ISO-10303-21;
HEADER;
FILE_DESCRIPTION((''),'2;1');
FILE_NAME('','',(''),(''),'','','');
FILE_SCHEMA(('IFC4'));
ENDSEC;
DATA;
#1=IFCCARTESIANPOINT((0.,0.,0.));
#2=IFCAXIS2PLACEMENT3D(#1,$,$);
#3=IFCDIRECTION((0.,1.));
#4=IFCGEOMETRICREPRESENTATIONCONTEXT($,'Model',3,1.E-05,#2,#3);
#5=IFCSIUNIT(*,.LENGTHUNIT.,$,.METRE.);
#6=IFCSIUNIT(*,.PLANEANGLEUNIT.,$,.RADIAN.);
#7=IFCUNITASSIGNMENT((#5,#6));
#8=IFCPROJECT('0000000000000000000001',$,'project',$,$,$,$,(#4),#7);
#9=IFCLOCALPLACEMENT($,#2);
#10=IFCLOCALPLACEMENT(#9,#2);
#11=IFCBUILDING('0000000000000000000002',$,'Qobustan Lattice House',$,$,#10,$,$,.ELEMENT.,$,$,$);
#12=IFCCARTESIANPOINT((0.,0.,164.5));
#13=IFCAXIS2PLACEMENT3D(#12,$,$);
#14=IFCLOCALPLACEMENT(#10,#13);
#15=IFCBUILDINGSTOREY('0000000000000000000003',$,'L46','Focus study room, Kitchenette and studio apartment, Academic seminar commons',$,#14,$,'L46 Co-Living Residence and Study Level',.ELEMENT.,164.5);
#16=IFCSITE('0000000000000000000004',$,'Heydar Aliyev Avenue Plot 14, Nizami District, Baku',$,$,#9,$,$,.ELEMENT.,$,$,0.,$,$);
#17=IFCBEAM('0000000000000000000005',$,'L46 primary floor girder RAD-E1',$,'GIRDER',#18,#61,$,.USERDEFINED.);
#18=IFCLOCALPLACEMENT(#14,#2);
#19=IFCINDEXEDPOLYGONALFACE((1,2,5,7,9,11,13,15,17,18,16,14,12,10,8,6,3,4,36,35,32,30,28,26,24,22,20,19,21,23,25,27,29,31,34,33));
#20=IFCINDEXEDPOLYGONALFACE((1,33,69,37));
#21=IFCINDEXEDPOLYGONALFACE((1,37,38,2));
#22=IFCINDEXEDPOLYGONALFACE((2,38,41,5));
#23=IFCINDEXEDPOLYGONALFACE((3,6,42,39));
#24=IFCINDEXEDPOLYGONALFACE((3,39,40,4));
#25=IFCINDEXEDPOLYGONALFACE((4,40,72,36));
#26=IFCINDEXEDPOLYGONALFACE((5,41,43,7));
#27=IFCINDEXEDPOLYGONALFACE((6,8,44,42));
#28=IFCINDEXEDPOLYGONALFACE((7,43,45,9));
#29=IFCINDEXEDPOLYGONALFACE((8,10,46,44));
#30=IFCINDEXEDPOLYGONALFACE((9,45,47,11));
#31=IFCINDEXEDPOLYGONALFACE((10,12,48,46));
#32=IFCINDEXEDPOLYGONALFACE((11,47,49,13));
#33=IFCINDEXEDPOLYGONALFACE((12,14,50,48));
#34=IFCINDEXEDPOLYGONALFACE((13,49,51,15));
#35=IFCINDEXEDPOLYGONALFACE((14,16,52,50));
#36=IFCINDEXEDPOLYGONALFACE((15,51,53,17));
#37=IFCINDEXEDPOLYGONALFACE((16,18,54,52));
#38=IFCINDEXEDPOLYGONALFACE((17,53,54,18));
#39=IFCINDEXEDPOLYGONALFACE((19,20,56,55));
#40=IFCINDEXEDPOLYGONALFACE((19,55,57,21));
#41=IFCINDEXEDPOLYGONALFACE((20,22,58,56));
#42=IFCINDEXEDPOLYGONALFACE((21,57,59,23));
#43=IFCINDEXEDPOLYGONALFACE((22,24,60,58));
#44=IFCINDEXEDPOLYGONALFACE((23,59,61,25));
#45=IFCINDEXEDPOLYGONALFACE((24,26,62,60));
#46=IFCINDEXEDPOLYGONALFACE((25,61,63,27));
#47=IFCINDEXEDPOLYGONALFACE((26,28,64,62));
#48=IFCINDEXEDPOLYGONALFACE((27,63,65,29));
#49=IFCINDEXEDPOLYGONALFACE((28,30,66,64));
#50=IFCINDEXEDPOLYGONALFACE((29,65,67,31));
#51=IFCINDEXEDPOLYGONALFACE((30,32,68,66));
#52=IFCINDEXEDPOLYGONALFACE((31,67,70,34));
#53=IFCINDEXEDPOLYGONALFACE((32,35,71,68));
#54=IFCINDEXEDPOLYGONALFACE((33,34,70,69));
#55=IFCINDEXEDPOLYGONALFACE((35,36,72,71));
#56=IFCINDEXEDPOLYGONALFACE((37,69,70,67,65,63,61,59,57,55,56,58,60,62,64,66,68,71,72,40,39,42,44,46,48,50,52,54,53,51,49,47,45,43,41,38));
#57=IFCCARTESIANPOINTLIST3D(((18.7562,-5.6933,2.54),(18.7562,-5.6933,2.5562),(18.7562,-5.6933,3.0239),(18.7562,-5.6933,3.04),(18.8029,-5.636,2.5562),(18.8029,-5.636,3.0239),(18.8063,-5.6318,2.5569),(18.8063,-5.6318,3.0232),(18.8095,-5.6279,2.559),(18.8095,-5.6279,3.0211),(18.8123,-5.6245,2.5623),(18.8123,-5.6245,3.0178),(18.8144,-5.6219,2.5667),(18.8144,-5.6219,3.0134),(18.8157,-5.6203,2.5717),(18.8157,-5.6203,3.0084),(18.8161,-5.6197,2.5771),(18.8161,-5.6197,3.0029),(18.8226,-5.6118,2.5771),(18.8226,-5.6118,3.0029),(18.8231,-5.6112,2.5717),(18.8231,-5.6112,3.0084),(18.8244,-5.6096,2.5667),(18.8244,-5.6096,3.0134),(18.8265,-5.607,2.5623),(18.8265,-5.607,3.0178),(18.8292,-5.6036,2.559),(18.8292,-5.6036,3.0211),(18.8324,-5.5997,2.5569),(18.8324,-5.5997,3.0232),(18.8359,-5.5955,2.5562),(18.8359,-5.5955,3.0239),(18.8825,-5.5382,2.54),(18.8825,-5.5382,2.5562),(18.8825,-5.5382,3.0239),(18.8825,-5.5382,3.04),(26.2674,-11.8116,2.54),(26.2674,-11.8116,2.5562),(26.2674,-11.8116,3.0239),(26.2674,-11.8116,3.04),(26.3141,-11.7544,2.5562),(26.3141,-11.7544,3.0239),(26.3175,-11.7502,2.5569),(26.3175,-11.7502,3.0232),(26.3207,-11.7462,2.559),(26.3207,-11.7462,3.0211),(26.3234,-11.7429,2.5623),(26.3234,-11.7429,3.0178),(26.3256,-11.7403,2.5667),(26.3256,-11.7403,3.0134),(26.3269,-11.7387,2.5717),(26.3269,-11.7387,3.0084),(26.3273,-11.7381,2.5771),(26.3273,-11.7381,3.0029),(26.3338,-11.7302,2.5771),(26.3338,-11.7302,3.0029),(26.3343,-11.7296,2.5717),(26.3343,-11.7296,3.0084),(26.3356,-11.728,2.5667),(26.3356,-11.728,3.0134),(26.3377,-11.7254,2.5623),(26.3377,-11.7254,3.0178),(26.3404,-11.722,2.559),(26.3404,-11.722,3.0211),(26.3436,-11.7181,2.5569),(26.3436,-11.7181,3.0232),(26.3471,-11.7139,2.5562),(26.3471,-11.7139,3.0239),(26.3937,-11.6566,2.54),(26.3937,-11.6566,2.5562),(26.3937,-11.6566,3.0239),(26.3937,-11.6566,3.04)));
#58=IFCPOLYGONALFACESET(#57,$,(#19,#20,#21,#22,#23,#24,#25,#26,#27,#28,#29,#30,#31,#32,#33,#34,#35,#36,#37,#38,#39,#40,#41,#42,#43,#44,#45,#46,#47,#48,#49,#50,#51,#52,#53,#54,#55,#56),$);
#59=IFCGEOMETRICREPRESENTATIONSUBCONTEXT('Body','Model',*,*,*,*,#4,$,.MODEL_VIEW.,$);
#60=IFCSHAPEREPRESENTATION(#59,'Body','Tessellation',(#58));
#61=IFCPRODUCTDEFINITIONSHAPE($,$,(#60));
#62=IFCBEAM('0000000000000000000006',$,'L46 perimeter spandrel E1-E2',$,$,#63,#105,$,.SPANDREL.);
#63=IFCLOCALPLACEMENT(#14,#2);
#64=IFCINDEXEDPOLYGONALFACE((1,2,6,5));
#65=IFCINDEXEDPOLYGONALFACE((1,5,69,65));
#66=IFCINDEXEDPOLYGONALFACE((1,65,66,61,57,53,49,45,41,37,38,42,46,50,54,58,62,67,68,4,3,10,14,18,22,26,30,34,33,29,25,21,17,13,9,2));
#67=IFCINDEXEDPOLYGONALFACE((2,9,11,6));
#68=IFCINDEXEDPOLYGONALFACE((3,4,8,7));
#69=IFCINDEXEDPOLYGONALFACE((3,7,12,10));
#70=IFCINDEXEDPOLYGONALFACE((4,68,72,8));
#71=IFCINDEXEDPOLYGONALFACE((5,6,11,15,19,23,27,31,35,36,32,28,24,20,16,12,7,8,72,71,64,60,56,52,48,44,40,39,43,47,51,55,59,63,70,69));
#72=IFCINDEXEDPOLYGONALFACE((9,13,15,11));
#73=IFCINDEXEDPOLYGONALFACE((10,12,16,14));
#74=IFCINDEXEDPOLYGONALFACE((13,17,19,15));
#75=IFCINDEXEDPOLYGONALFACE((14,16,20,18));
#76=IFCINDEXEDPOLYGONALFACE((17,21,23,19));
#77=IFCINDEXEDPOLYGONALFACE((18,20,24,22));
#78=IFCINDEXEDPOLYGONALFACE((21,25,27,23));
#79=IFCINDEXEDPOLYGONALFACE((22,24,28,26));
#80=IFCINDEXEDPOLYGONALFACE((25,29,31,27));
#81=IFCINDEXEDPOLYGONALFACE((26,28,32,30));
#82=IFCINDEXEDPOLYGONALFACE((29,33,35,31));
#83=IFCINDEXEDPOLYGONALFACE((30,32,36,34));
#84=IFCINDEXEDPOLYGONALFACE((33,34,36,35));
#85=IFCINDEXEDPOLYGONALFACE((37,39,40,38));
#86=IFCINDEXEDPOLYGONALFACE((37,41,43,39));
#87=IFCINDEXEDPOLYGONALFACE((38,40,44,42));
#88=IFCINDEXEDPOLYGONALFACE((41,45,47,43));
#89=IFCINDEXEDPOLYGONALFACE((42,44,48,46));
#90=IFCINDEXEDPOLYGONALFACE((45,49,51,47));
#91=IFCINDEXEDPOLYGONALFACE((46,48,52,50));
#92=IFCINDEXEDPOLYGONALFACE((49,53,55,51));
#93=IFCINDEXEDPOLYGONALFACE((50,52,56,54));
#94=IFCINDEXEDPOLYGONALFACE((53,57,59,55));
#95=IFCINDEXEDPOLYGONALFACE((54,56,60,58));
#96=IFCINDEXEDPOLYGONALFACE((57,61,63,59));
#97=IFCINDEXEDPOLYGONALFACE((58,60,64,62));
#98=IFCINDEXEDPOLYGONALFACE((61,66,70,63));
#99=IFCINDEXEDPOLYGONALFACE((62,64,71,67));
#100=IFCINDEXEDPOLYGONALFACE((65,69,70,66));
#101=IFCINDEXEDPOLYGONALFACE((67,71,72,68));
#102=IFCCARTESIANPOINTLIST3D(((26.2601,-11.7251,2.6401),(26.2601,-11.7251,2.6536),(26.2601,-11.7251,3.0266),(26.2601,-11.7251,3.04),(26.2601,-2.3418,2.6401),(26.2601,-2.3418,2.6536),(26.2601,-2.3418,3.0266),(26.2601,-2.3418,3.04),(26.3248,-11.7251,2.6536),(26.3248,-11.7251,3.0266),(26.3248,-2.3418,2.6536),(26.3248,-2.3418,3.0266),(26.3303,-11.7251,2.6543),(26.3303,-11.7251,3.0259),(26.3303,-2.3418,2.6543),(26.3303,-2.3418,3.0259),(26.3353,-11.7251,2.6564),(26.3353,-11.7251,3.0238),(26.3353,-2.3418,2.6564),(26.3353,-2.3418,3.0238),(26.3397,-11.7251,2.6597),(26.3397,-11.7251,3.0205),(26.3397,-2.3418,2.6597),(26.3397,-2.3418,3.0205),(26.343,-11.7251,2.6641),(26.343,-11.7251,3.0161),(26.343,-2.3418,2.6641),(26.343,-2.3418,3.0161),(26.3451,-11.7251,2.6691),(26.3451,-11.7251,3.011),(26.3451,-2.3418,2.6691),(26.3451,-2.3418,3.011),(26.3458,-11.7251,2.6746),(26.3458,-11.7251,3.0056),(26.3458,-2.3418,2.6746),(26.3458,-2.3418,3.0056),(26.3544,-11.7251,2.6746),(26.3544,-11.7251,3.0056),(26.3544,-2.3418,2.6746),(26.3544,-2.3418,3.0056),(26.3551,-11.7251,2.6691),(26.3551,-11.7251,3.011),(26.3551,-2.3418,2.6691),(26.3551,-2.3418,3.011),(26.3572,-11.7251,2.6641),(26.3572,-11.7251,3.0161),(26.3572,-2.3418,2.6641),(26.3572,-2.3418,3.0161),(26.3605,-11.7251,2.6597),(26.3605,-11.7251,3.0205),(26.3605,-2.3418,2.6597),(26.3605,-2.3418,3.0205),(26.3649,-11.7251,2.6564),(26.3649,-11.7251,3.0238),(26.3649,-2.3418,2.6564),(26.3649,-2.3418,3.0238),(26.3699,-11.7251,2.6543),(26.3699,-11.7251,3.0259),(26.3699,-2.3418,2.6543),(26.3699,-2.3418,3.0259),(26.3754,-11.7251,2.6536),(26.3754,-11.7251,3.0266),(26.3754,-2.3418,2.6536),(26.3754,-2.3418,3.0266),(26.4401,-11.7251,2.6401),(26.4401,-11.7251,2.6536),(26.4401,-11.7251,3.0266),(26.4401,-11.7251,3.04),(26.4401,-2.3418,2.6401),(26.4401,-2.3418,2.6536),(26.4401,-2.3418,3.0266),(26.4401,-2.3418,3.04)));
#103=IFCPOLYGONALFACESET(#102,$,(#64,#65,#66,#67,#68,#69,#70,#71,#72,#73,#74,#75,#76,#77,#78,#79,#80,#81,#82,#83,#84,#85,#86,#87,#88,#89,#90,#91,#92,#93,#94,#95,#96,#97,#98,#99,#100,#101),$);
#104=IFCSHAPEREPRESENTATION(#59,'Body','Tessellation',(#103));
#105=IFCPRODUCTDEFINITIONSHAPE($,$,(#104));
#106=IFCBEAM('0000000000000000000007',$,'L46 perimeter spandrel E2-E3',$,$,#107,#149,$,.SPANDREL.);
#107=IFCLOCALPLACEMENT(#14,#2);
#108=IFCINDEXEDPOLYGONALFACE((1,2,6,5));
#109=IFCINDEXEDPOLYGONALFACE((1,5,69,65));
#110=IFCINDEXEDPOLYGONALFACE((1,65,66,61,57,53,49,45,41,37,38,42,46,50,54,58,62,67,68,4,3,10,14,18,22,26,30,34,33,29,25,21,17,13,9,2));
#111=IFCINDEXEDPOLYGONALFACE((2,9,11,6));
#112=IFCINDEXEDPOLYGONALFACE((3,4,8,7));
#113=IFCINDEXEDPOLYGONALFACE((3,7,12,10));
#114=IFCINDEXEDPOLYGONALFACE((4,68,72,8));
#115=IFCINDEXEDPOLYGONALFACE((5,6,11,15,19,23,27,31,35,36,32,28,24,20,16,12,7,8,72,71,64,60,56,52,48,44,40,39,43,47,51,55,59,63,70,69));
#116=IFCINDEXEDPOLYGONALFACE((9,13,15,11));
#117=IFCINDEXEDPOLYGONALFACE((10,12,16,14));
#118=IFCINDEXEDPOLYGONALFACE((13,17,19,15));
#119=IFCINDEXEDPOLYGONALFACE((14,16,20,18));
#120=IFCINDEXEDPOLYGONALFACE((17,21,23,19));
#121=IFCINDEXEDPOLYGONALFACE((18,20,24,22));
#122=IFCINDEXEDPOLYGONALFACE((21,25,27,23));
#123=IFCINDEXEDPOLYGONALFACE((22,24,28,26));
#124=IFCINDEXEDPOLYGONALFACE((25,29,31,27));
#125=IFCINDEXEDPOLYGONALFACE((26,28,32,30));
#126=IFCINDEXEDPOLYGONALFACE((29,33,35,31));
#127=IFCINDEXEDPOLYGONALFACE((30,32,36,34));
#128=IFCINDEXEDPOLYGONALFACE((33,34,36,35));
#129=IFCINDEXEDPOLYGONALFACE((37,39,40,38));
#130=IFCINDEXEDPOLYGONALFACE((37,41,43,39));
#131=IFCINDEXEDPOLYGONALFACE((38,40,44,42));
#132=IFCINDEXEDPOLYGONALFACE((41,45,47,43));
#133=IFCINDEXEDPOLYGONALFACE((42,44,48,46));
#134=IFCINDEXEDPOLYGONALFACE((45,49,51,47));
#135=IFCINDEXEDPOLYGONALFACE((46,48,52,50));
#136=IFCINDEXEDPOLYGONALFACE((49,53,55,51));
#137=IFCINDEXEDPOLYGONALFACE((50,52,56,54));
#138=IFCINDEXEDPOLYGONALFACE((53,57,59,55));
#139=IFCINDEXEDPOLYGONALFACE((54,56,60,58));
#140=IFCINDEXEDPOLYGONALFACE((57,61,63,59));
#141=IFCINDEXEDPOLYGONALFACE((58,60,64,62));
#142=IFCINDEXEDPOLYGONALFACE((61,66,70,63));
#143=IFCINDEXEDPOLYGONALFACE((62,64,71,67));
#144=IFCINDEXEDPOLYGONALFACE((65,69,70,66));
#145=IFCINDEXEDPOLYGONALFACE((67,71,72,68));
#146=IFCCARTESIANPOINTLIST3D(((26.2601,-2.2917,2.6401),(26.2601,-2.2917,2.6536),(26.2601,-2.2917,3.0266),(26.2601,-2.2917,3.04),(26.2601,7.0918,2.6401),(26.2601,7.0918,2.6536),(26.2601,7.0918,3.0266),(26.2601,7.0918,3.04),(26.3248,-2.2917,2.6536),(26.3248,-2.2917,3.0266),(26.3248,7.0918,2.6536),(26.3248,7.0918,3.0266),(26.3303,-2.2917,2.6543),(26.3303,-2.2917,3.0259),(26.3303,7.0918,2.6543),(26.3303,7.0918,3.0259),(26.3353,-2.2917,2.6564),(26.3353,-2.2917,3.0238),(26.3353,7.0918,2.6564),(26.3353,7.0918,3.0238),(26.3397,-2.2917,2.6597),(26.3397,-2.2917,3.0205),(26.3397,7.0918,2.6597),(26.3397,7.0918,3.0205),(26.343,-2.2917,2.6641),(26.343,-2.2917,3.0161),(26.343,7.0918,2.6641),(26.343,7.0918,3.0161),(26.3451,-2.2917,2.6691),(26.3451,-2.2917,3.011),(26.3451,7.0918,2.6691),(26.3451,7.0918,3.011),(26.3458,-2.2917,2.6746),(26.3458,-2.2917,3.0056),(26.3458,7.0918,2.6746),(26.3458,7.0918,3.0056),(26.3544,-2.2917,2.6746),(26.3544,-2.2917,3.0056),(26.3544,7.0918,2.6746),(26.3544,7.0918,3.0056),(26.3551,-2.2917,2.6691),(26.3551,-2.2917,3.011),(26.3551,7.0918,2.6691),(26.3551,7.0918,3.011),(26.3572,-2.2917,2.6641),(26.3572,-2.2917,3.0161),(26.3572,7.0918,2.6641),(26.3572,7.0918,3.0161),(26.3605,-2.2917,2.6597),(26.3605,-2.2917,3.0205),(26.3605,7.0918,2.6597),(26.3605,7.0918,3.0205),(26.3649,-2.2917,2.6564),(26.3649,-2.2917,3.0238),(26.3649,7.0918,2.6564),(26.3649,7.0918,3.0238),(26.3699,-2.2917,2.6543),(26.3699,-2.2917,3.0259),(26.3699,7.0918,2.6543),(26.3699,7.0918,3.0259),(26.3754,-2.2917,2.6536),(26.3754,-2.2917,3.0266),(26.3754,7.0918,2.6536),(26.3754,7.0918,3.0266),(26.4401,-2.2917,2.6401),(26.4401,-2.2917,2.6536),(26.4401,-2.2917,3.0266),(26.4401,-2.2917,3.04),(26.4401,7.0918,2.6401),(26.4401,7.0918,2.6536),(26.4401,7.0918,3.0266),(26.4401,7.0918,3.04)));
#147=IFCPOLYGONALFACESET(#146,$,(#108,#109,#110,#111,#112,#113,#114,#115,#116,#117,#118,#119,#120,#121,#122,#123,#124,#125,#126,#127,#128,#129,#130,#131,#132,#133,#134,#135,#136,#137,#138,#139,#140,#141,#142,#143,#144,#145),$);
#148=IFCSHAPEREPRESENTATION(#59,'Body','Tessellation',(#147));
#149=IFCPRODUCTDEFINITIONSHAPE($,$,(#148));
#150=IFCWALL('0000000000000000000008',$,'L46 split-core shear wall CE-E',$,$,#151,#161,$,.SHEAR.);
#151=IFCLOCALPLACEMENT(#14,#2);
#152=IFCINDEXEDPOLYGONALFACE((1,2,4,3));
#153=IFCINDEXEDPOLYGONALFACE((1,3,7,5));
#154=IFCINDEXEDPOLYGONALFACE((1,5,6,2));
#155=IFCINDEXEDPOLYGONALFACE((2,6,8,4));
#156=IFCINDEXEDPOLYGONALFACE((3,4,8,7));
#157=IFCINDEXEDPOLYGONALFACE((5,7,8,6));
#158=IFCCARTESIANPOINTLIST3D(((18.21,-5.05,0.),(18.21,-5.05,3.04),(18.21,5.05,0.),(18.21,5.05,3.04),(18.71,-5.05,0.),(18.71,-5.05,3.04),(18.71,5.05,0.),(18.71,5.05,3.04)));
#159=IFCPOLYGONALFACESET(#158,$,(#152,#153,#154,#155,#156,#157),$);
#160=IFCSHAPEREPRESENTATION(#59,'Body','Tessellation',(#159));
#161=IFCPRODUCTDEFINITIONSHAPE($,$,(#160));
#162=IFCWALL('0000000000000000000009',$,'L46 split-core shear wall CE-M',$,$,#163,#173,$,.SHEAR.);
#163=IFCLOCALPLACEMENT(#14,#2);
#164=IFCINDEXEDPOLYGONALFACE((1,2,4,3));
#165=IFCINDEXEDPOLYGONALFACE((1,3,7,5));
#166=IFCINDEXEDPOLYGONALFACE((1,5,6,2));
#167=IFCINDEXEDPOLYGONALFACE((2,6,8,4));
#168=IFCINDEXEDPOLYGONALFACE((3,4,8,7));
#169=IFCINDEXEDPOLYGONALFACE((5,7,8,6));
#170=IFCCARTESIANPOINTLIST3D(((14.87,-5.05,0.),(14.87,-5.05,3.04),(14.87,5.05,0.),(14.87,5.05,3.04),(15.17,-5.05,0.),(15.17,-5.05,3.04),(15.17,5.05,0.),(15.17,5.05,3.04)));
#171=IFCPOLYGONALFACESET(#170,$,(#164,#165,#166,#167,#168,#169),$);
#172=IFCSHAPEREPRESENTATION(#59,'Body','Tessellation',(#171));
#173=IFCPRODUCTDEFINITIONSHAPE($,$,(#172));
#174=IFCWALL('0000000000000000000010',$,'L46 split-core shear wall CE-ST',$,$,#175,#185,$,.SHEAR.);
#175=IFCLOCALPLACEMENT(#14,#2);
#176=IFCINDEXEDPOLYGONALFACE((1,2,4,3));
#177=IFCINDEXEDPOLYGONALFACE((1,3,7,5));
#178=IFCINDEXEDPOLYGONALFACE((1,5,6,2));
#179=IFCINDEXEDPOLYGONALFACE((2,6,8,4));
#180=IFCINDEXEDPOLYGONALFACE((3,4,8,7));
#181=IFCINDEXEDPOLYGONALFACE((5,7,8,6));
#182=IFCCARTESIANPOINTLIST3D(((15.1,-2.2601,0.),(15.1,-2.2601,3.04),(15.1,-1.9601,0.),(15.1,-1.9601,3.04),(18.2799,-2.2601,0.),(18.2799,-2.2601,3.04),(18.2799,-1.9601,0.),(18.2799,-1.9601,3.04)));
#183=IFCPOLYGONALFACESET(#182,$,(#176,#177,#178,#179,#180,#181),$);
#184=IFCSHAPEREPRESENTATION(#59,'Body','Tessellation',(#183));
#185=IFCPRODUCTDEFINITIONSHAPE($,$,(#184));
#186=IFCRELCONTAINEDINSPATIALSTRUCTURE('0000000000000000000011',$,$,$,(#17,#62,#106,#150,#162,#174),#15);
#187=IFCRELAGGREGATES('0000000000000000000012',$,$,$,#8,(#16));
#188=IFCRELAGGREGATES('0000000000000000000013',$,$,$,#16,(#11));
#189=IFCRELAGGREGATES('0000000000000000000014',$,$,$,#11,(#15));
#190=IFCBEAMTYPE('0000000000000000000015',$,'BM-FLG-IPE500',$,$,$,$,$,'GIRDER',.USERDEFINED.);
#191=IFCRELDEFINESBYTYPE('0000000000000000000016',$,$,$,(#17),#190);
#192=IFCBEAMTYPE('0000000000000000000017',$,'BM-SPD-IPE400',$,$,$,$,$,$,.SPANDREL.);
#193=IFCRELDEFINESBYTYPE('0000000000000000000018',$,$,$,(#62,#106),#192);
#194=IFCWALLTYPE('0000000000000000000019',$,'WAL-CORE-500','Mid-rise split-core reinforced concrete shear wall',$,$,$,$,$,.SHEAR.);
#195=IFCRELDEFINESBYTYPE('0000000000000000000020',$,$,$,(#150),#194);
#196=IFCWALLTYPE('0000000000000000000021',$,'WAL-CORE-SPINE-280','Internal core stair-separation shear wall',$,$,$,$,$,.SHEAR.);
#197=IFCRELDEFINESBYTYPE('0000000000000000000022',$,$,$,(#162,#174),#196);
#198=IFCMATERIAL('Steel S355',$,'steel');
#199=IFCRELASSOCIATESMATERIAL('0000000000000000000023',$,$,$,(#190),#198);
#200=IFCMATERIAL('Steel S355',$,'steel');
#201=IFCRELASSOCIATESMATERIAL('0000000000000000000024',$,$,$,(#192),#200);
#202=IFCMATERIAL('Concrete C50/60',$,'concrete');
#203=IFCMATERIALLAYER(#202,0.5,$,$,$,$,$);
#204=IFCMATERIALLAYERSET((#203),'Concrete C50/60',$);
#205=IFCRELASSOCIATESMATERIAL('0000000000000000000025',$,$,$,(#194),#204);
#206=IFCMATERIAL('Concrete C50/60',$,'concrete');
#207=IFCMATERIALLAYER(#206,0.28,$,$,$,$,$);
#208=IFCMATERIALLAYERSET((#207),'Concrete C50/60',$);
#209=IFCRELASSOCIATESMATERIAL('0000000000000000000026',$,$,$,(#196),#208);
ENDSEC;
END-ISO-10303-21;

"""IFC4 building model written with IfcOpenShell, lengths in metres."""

from ifc_helpers import new_model, si_unit, direction, frame, frame_2d, origin, origin_2d, place, context, subcontext, project, spatial, rectangle, i_section, extrude, material, layer, layer_set, material_profile, profile_set, type_object, element, save


model = new_model("IFC4")

# Units and contexts
model_context = context("Model", 3, precision=1e-05, world=origin(), true_north=direction((0.0, 1.0)))
body_context = subcontext(model_context, "Body", "Model", "MODEL_VIEW")
ifc_project = project(units=[si_unit("LENGTHUNIT", "METRE"), si_unit("PLANEANGLEUNIT", "RADIAN")], contexts=[model_context])

# Site, building, storey
site_placement = place(None, origin())
site = spatial("IfcSite", under=ifc_project, at=site_placement, Name="Heydar Aliyev Avenue Plot 14, Nizami District, Baku", CompositionType="ELEMENT", RefElevation=0.0)
building_placement = place(site_placement, origin())
building = spatial("IfcBuilding", under=site, at=building_placement, Name="Qobustan Lattice House", CompositionType="ELEMENT")
storey_placement = place(building_placement, frame((0.0, 0.0, 164.5)))
storey = spatial("IfcBuildingStorey", under=building, at=storey_placement, Name="L46", Description="Focus study room, Kitchenette and studio apartment, Academic seminar commons", LongName="L46 Co-Living Residence and Study Level", CompositionType="ELEMENT", Elevation=164.5)

# Beams
ifc_material_1 = material(Name="Steel S355", Category="steel")
ifc_material_profile_1 = material_profile(ifc_material_1, i_section(OverallWidth=0.2, OverallDepth=0.5, WebThickness=0.0103, FlangeThickness=0.0161, FilletRadius=0.021, at=origin_2d()), Name="IPE500")
ifc_profile_set_1 = profile_set([ifc_material_profile_1], Name="Steel S355")
beam_type_1 = type_object("IfcBeamType", Name="BM-FLG-IPE500", ElementType="GIRDER", PredefinedType="USERDEFINED", material=ifc_profile_set_1)
beam_1_placement = place(storey_placement, frame((26.3306, -11.7341, 2.79), z_axis=(-0.775329, 0.631558, 0.0), x_axis=(-0.631558, -0.775329, 0.0)))
element("IfcBeam", 1, at=beam_1_placement, inside=storey, type_object=beam_type_1, Name="L46 primary floor girder RAD-E1", ObjectType="GIRDER", PredefinedType="USERDEFINED", context=body_context, shape_type="SweptSolid", body=[
    extrude(i_section(OverallWidth=0.2, OverallDepth=0.5, WebThickness=0.0103, FlangeThickness=0.0161, FilletRadius=0.021, at=origin_2d()), origin(), (0.0, 0.0, 1.0), 9.6877),
])
ifc_material_2 = material(Name="Steel S355", Category="steel")
ifc_material_profile_2 = material_profile(ifc_material_2, i_section(OverallWidth=0.1799, OverallDepth=0.3999, WebThickness=0.0085, FlangeThickness=0.0134, FilletRadius=0.021, at=origin_2d()), Name="IPE400")
ifc_profile_set_2 = profile_set([ifc_material_profile_2], Name="Steel S355")
beam_type_2 = type_object("IfcBeamType", Name="BM-SPD-IPE400", PredefinedType="SPANDREL", material=ifc_profile_set_2)
beam_2_placement = place(storey_placement, frame((26.3501, -11.7251, 2.8401), z_axis=(0.0, 1.0, 0.0), x_axis=(-1.0, 0.0, 0.0)))
element("IfcBeam", 2, at=beam_2_placement, inside=storey, type_object=beam_type_2, Name="L46 perimeter spandrel E1-E2", PredefinedType="SPANDREL", context=body_context, shape_type="SweptSolid", body=[
    extrude(i_section(OverallWidth=0.1799, OverallDepth=0.3999, WebThickness=0.0085, FlangeThickness=0.0134, FilletRadius=0.021, at=origin_2d()), origin(), (0.0, 0.0, 1.0), 9.3833),
])
beam_3_placement = place(storey_placement, frame((26.3501, -2.2917, 2.8401), z_axis=(0.0, 1.0, 0.0), x_axis=(-1.0, 0.0, 0.0)))
element("IfcBeam", 3, at=beam_3_placement, inside=storey, type_object=beam_type_2, Name="L46 perimeter spandrel E2-E3", PredefinedType="SPANDREL", context=body_context, shape_type="SweptSolid", body=[
    extrude(i_section(OverallWidth=0.1799, OverallDepth=0.3999, WebThickness=0.0085, FlangeThickness=0.0134, FilletRadius=0.021, at=origin_2d()), origin(), (0.0, 0.0, 1.0), 9.3835),
])

# Walls
ifc_material_3 = material(Name="Concrete C50/60", Category="concrete")
ifc_layer_1 = layer(ifc_material_3, 0.5)
ifc_layer_set_1 = layer_set([ifc_layer_1], Name="Concrete C50/60")
wall_type_1 = type_object("IfcWallType", Name="WAL-CORE-500", Description="Mid-rise split-core reinforced concrete shear wall", PredefinedType="SHEAR", material=ifc_layer_set_1)
wall_1_placement = place(storey_placement, frame((18.46, -5.05, 0.0), z_axis=(0.0, 0.0, 1.0), x_axis=(0.0, 1.0, 0.0)))
element("IfcWall", 4, at=wall_1_placement, inside=storey, type_object=wall_type_1, Name="L46 split-core shear wall CE-E", PredefinedType="SHEAR", context=body_context, shape_type="SweptSolid", body=[
    extrude(rectangle(XDim=10.1001, YDim=0.5, at=frame_2d((5.05, 0.0))), origin(), (0.0, 0.0, 1.0), 3.04),
])
ifc_material_4 = material(Name="Concrete C50/60", Category="concrete")
ifc_layer_2 = layer(ifc_material_4, 0.28)
ifc_layer_set_2 = layer_set([ifc_layer_2], Name="Concrete C50/60")
wall_type_2 = type_object("IfcWallType", Name="WAL-CORE-SPINE-280", Description="Internal core stair-separation shear wall", PredefinedType="SHEAR", material=ifc_layer_set_2)
wall_2_placement = place(storey_placement, frame((15.02, -5.05, 0.0), z_axis=(0.0, 0.0, 1.0), x_axis=(0.0, 1.0, 0.0)))
element("IfcWall", 5, at=wall_2_placement, inside=storey, type_object=wall_type_2, Name="L46 split-core shear wall CE-M", PredefinedType="SHEAR", context=body_context, shape_type="SweptSolid", body=[
    extrude(rectangle(XDim=10.1001, YDim=0.3, at=frame_2d((5.05, 0.0))), origin(), (0.0, 0.0, 1.0), 3.04),
])
wall_3_placement = place(storey_placement, frame((15.1001, -2.1101, 0.0), z_axis=(0.0, 0.0, 1.0), x_axis=(1.0, 0.0, 0.0)))
element("IfcWall", 6, at=wall_3_placement, inside=storey, type_object=wall_type_2, Name="L46 split-core shear wall CE-ST", PredefinedType="SHEAR", context=body_context, shape_type="SweptSolid", body=[
    extrude(rectangle(XDim=3.1799, YDim=0.3, at=frame_2d((1.5898, 0.0))), origin(), (0.0, 0.0, 1.0), 3.04),
])

save(model, "model.ifc")
